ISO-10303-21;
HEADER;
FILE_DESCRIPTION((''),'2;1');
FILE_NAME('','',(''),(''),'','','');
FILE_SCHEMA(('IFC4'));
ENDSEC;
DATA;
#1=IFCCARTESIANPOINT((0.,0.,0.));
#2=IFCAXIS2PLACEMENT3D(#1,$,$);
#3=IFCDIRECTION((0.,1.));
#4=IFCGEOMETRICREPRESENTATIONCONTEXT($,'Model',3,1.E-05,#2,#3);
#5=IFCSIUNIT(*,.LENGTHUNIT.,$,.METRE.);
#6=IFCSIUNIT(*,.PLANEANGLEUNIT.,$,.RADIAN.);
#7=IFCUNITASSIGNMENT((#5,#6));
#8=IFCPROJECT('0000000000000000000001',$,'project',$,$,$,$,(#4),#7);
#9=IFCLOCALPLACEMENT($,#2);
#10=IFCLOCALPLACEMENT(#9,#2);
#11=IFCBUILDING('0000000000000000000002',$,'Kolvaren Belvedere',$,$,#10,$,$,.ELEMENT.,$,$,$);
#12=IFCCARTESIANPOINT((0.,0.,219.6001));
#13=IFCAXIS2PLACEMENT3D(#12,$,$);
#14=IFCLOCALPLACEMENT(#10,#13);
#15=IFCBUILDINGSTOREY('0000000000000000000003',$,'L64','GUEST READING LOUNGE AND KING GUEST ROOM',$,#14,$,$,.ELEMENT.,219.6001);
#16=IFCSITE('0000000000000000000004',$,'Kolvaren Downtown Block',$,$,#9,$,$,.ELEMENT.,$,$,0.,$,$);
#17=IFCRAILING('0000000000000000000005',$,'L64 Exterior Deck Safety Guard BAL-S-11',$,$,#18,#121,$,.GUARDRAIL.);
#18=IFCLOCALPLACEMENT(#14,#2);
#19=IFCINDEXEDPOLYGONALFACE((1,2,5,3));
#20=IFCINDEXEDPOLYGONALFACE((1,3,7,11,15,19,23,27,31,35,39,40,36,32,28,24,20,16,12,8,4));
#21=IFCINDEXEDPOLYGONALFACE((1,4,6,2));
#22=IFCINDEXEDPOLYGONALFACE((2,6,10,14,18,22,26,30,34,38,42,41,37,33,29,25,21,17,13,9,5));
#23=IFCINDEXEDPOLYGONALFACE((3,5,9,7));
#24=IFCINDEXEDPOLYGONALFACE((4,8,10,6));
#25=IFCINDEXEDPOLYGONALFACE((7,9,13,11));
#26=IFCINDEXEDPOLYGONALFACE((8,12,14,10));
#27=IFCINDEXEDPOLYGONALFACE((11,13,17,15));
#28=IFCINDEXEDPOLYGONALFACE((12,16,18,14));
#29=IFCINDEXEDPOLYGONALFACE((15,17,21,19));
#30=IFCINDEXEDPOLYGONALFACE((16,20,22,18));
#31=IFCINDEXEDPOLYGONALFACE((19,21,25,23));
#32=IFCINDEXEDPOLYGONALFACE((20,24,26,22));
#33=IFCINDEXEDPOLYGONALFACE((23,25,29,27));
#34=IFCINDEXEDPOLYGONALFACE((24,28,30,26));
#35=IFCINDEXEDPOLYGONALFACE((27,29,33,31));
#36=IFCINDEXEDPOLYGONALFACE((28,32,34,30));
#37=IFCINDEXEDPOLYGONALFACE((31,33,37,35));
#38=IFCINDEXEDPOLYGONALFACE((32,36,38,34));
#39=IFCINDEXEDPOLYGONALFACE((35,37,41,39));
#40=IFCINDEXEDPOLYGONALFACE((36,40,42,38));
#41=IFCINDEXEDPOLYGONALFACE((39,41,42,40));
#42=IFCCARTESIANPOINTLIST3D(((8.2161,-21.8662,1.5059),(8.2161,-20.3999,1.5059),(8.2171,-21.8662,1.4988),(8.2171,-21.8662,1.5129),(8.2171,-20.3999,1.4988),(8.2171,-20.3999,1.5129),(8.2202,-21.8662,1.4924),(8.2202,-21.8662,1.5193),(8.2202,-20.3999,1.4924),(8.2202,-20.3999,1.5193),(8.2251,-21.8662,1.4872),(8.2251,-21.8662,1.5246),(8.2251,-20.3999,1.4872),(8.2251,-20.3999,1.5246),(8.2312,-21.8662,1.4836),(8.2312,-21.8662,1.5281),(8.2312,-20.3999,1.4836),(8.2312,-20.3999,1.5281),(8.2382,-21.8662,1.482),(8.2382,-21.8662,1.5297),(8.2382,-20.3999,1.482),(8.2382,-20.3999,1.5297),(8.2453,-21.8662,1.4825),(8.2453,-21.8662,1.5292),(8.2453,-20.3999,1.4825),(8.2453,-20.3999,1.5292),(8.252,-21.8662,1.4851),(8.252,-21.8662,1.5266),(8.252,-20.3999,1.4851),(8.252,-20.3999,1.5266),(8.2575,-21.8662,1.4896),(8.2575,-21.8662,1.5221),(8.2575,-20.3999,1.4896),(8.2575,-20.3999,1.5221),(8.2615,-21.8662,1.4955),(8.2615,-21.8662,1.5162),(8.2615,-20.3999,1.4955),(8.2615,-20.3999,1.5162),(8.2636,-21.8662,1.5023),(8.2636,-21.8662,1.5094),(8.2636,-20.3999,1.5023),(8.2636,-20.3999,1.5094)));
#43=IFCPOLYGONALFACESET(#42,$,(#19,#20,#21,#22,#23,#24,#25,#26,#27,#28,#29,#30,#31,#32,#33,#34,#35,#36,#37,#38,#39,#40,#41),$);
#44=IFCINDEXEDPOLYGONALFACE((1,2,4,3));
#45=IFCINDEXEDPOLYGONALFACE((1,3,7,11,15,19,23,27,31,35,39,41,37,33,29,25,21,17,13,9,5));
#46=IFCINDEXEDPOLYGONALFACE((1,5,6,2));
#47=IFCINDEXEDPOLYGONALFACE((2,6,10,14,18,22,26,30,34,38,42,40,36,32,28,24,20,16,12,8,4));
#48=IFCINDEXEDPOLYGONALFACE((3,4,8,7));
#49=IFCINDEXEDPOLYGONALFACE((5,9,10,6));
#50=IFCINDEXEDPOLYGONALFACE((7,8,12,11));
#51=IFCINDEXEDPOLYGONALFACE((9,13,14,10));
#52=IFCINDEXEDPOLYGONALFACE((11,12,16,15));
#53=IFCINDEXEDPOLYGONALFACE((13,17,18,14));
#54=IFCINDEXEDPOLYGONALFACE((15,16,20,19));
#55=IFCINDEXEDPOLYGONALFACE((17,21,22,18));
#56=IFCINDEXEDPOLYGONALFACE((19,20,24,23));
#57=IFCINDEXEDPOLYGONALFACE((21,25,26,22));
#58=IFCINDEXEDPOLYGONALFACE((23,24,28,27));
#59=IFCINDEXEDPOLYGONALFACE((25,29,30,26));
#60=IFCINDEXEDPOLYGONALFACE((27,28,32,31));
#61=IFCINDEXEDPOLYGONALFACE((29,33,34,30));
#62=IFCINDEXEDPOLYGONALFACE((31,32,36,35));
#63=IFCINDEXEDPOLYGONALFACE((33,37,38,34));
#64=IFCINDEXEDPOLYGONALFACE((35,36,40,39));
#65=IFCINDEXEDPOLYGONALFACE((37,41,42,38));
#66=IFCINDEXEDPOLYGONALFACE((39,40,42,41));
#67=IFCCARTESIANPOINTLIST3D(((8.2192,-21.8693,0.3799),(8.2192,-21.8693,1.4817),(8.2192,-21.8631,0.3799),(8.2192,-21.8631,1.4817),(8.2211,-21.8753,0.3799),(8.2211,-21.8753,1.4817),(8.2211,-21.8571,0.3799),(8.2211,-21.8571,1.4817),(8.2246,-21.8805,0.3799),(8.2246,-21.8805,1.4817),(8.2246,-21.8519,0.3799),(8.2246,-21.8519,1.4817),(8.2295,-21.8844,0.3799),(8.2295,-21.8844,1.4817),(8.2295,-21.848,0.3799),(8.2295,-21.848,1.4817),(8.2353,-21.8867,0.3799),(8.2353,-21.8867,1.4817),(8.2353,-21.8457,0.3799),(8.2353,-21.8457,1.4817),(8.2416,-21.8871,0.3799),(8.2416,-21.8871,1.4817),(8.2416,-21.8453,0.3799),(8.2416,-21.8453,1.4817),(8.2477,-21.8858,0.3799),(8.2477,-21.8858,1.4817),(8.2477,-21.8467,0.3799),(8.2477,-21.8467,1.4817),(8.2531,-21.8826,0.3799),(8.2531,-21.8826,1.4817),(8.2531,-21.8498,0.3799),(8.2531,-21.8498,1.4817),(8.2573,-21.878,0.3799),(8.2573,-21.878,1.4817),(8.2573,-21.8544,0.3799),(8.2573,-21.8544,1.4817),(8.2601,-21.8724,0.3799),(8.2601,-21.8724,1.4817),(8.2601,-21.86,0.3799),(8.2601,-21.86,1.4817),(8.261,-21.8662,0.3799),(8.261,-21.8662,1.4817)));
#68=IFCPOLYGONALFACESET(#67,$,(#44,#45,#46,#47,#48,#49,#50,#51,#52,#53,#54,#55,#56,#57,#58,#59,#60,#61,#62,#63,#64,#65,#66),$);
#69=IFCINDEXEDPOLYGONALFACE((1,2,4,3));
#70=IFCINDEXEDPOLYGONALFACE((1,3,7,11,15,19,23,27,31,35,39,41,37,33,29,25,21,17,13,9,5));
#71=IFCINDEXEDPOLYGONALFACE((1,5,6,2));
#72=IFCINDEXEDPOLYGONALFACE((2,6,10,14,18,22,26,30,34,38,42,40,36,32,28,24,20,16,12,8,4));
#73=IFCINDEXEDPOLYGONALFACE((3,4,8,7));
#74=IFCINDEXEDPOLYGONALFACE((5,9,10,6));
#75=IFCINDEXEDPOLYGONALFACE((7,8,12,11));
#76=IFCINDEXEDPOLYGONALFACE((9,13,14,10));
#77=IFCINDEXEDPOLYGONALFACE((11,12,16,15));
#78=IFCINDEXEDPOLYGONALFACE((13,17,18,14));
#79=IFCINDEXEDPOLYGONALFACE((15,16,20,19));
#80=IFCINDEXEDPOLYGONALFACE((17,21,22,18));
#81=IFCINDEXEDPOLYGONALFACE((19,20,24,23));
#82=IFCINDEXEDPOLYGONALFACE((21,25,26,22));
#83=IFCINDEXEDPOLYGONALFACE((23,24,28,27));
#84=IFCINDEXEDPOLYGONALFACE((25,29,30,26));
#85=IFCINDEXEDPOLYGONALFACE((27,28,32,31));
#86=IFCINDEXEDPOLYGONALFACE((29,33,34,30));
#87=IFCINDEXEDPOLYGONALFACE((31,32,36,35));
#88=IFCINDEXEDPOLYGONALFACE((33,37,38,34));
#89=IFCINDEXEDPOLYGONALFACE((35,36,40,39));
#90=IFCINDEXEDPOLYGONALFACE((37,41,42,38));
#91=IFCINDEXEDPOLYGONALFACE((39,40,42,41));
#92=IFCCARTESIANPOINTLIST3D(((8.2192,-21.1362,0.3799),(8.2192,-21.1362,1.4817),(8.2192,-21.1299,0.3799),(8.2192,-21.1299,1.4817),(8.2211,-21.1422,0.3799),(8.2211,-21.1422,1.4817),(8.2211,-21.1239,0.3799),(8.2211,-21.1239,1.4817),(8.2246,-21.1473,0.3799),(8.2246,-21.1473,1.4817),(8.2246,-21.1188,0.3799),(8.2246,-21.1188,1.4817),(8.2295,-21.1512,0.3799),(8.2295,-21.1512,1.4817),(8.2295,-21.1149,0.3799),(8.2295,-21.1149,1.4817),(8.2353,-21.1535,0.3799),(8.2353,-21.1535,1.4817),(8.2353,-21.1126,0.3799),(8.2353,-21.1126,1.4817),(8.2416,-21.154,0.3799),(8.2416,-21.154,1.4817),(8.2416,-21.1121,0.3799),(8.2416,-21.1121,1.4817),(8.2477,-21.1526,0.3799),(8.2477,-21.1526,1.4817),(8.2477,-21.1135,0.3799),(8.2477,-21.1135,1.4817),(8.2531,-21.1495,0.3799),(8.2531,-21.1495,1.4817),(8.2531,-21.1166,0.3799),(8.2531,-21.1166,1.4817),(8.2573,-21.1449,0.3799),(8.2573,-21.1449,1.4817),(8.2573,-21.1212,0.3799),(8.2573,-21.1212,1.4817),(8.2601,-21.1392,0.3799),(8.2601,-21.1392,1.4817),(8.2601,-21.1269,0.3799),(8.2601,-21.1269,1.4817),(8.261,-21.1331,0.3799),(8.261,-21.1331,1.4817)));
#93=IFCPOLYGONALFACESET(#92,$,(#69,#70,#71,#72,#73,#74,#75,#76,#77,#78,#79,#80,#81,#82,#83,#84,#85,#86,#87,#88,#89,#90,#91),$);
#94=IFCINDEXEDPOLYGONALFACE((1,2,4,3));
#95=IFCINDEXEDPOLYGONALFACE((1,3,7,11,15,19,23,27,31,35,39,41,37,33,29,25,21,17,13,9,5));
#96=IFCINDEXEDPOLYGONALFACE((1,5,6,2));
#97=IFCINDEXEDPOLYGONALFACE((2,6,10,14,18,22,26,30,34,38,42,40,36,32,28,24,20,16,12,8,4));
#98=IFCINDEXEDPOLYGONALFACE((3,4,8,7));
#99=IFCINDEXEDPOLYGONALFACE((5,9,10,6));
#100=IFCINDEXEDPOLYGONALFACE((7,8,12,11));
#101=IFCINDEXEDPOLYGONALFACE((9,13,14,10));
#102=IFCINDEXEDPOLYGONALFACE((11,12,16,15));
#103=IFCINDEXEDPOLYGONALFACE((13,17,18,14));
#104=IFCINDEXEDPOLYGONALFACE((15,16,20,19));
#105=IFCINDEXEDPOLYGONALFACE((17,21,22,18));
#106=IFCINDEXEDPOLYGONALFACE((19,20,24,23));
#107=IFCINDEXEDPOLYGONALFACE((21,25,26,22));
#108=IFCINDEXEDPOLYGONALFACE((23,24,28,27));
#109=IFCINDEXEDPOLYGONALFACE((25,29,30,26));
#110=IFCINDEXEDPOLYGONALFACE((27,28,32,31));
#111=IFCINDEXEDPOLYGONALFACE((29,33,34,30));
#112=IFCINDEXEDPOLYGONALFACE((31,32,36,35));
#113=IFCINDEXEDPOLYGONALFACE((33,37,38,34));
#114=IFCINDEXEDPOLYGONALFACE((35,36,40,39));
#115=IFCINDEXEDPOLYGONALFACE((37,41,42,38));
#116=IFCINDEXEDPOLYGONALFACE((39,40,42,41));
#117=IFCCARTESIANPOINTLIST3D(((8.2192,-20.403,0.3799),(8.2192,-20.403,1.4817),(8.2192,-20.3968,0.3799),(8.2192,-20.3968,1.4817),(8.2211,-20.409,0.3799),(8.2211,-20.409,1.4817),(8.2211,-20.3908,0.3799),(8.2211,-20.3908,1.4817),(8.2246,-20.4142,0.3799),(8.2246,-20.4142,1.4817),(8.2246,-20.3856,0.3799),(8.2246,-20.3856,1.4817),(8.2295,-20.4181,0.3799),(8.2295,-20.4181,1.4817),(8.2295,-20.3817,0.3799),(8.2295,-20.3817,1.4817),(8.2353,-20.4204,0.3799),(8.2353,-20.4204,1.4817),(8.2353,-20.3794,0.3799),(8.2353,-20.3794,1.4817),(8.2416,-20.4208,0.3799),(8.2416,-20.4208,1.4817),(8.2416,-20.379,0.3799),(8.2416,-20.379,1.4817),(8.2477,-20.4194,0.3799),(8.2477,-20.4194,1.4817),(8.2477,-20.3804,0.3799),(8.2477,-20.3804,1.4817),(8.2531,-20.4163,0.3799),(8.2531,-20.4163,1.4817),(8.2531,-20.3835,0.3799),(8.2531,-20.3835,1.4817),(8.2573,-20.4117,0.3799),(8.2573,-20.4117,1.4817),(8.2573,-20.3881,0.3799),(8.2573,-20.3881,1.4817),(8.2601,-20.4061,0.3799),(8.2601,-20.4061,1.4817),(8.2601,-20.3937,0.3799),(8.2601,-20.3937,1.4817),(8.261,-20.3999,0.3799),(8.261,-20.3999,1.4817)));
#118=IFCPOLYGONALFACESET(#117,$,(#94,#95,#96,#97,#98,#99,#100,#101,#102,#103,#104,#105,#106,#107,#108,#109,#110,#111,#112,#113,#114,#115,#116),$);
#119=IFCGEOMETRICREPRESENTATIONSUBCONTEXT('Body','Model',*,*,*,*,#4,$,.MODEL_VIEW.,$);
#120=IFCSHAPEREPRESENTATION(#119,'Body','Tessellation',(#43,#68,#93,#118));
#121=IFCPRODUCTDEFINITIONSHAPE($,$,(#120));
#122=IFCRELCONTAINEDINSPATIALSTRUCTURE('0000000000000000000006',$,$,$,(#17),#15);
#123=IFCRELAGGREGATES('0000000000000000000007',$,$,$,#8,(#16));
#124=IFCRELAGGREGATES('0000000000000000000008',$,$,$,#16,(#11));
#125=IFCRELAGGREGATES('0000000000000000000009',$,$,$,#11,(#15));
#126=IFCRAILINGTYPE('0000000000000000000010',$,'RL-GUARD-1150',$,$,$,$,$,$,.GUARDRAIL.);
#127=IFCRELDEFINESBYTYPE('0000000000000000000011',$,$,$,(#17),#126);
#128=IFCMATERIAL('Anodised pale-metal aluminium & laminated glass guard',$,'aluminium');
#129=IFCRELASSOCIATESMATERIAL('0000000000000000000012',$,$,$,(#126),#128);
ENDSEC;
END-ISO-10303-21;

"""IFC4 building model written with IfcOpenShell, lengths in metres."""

from ifc_helpers import new_model, si_unit, direction, frame, origin, origin_2d, place, context, subcontext, project, spatial, circle, extrude, material, type_object, element, save


model = new_model("IFC4")

# Units and contexts
model_context = context("Model", 3, precision=1e-05, world=origin(), true_north=direction((0.0, 1.0)))
body_context = subcontext(model_context, "Body", "Model", "MODEL_VIEW")
ifc_project = project(units=[si_unit("LENGTHUNIT", "METRE"), si_unit("PLANEANGLEUNIT", "RADIAN")], contexts=[model_context])

# Site, building, storey
site_placement = place(None, origin())
site = spatial("IfcSite", under=ifc_project, at=site_placement, Name="Kolvaren Downtown Block", CompositionType="ELEMENT", RefElevation=0.0)
building_placement = place(site_placement, origin())
building = spatial("IfcBuilding", under=site, at=building_placement, Name="Kolvaren Belvedere", CompositionType="ELEMENT")
storey_placement = place(building_placement, frame((0.0, 0.0, 219.6001)))
storey = spatial("IfcBuildingStorey", under=building, at=storey_placement, Name="L64", Description="GUEST READING LOUNGE AND KING GUEST ROOM", CompositionType="ELEMENT", Elevation=219.6001)

# Railing
ifc_material_1 = material(Name="Anodised pale-metal aluminium & laminated glass guard", Category="aluminium")
railing_type = type_object("IfcRailingType", Name="RL-GUARD-1150", PredefinedType="GUARDRAIL", material=ifc_material_1)
railing_placement = place(storey_placement, frame((8.24, -21.8662, 0.3799)))
element("IfcRailing", 1, at=railing_placement, inside=storey, type_object=railing_type, Name="L64 Exterior Deck Safety Guard BAL-S-11", PredefinedType="GUARDRAIL", context=body_context, shape_type="SweptSolid", body=[
    extrude(circle(Radius=0.0239, at=origin_2d()), frame((0.0, 0.0, 1.126), z_axis=(0.0, 1.0, 0.0), x_axis=(-1.0, 0.0, 0.0)), (0.0, 0.0, 1.0), 1.4663),
    extrude(circle(Radius=0.021, at=origin_2d()), origin(), (0.0, 0.0, 1.0), 1.1018),
    extrude(circle(Radius=0.021, at=origin_2d()), frame((0.0, 0.7332, 0.0)), (0.0, 0.0, 1.0), 1.1018),
    extrude(circle(Radius=0.021, at=origin_2d()), frame((0.0, 1.4663, 0.0)), (0.0, 0.0, 1.0), 1.1018),
])

save(model, "model.ifc")
